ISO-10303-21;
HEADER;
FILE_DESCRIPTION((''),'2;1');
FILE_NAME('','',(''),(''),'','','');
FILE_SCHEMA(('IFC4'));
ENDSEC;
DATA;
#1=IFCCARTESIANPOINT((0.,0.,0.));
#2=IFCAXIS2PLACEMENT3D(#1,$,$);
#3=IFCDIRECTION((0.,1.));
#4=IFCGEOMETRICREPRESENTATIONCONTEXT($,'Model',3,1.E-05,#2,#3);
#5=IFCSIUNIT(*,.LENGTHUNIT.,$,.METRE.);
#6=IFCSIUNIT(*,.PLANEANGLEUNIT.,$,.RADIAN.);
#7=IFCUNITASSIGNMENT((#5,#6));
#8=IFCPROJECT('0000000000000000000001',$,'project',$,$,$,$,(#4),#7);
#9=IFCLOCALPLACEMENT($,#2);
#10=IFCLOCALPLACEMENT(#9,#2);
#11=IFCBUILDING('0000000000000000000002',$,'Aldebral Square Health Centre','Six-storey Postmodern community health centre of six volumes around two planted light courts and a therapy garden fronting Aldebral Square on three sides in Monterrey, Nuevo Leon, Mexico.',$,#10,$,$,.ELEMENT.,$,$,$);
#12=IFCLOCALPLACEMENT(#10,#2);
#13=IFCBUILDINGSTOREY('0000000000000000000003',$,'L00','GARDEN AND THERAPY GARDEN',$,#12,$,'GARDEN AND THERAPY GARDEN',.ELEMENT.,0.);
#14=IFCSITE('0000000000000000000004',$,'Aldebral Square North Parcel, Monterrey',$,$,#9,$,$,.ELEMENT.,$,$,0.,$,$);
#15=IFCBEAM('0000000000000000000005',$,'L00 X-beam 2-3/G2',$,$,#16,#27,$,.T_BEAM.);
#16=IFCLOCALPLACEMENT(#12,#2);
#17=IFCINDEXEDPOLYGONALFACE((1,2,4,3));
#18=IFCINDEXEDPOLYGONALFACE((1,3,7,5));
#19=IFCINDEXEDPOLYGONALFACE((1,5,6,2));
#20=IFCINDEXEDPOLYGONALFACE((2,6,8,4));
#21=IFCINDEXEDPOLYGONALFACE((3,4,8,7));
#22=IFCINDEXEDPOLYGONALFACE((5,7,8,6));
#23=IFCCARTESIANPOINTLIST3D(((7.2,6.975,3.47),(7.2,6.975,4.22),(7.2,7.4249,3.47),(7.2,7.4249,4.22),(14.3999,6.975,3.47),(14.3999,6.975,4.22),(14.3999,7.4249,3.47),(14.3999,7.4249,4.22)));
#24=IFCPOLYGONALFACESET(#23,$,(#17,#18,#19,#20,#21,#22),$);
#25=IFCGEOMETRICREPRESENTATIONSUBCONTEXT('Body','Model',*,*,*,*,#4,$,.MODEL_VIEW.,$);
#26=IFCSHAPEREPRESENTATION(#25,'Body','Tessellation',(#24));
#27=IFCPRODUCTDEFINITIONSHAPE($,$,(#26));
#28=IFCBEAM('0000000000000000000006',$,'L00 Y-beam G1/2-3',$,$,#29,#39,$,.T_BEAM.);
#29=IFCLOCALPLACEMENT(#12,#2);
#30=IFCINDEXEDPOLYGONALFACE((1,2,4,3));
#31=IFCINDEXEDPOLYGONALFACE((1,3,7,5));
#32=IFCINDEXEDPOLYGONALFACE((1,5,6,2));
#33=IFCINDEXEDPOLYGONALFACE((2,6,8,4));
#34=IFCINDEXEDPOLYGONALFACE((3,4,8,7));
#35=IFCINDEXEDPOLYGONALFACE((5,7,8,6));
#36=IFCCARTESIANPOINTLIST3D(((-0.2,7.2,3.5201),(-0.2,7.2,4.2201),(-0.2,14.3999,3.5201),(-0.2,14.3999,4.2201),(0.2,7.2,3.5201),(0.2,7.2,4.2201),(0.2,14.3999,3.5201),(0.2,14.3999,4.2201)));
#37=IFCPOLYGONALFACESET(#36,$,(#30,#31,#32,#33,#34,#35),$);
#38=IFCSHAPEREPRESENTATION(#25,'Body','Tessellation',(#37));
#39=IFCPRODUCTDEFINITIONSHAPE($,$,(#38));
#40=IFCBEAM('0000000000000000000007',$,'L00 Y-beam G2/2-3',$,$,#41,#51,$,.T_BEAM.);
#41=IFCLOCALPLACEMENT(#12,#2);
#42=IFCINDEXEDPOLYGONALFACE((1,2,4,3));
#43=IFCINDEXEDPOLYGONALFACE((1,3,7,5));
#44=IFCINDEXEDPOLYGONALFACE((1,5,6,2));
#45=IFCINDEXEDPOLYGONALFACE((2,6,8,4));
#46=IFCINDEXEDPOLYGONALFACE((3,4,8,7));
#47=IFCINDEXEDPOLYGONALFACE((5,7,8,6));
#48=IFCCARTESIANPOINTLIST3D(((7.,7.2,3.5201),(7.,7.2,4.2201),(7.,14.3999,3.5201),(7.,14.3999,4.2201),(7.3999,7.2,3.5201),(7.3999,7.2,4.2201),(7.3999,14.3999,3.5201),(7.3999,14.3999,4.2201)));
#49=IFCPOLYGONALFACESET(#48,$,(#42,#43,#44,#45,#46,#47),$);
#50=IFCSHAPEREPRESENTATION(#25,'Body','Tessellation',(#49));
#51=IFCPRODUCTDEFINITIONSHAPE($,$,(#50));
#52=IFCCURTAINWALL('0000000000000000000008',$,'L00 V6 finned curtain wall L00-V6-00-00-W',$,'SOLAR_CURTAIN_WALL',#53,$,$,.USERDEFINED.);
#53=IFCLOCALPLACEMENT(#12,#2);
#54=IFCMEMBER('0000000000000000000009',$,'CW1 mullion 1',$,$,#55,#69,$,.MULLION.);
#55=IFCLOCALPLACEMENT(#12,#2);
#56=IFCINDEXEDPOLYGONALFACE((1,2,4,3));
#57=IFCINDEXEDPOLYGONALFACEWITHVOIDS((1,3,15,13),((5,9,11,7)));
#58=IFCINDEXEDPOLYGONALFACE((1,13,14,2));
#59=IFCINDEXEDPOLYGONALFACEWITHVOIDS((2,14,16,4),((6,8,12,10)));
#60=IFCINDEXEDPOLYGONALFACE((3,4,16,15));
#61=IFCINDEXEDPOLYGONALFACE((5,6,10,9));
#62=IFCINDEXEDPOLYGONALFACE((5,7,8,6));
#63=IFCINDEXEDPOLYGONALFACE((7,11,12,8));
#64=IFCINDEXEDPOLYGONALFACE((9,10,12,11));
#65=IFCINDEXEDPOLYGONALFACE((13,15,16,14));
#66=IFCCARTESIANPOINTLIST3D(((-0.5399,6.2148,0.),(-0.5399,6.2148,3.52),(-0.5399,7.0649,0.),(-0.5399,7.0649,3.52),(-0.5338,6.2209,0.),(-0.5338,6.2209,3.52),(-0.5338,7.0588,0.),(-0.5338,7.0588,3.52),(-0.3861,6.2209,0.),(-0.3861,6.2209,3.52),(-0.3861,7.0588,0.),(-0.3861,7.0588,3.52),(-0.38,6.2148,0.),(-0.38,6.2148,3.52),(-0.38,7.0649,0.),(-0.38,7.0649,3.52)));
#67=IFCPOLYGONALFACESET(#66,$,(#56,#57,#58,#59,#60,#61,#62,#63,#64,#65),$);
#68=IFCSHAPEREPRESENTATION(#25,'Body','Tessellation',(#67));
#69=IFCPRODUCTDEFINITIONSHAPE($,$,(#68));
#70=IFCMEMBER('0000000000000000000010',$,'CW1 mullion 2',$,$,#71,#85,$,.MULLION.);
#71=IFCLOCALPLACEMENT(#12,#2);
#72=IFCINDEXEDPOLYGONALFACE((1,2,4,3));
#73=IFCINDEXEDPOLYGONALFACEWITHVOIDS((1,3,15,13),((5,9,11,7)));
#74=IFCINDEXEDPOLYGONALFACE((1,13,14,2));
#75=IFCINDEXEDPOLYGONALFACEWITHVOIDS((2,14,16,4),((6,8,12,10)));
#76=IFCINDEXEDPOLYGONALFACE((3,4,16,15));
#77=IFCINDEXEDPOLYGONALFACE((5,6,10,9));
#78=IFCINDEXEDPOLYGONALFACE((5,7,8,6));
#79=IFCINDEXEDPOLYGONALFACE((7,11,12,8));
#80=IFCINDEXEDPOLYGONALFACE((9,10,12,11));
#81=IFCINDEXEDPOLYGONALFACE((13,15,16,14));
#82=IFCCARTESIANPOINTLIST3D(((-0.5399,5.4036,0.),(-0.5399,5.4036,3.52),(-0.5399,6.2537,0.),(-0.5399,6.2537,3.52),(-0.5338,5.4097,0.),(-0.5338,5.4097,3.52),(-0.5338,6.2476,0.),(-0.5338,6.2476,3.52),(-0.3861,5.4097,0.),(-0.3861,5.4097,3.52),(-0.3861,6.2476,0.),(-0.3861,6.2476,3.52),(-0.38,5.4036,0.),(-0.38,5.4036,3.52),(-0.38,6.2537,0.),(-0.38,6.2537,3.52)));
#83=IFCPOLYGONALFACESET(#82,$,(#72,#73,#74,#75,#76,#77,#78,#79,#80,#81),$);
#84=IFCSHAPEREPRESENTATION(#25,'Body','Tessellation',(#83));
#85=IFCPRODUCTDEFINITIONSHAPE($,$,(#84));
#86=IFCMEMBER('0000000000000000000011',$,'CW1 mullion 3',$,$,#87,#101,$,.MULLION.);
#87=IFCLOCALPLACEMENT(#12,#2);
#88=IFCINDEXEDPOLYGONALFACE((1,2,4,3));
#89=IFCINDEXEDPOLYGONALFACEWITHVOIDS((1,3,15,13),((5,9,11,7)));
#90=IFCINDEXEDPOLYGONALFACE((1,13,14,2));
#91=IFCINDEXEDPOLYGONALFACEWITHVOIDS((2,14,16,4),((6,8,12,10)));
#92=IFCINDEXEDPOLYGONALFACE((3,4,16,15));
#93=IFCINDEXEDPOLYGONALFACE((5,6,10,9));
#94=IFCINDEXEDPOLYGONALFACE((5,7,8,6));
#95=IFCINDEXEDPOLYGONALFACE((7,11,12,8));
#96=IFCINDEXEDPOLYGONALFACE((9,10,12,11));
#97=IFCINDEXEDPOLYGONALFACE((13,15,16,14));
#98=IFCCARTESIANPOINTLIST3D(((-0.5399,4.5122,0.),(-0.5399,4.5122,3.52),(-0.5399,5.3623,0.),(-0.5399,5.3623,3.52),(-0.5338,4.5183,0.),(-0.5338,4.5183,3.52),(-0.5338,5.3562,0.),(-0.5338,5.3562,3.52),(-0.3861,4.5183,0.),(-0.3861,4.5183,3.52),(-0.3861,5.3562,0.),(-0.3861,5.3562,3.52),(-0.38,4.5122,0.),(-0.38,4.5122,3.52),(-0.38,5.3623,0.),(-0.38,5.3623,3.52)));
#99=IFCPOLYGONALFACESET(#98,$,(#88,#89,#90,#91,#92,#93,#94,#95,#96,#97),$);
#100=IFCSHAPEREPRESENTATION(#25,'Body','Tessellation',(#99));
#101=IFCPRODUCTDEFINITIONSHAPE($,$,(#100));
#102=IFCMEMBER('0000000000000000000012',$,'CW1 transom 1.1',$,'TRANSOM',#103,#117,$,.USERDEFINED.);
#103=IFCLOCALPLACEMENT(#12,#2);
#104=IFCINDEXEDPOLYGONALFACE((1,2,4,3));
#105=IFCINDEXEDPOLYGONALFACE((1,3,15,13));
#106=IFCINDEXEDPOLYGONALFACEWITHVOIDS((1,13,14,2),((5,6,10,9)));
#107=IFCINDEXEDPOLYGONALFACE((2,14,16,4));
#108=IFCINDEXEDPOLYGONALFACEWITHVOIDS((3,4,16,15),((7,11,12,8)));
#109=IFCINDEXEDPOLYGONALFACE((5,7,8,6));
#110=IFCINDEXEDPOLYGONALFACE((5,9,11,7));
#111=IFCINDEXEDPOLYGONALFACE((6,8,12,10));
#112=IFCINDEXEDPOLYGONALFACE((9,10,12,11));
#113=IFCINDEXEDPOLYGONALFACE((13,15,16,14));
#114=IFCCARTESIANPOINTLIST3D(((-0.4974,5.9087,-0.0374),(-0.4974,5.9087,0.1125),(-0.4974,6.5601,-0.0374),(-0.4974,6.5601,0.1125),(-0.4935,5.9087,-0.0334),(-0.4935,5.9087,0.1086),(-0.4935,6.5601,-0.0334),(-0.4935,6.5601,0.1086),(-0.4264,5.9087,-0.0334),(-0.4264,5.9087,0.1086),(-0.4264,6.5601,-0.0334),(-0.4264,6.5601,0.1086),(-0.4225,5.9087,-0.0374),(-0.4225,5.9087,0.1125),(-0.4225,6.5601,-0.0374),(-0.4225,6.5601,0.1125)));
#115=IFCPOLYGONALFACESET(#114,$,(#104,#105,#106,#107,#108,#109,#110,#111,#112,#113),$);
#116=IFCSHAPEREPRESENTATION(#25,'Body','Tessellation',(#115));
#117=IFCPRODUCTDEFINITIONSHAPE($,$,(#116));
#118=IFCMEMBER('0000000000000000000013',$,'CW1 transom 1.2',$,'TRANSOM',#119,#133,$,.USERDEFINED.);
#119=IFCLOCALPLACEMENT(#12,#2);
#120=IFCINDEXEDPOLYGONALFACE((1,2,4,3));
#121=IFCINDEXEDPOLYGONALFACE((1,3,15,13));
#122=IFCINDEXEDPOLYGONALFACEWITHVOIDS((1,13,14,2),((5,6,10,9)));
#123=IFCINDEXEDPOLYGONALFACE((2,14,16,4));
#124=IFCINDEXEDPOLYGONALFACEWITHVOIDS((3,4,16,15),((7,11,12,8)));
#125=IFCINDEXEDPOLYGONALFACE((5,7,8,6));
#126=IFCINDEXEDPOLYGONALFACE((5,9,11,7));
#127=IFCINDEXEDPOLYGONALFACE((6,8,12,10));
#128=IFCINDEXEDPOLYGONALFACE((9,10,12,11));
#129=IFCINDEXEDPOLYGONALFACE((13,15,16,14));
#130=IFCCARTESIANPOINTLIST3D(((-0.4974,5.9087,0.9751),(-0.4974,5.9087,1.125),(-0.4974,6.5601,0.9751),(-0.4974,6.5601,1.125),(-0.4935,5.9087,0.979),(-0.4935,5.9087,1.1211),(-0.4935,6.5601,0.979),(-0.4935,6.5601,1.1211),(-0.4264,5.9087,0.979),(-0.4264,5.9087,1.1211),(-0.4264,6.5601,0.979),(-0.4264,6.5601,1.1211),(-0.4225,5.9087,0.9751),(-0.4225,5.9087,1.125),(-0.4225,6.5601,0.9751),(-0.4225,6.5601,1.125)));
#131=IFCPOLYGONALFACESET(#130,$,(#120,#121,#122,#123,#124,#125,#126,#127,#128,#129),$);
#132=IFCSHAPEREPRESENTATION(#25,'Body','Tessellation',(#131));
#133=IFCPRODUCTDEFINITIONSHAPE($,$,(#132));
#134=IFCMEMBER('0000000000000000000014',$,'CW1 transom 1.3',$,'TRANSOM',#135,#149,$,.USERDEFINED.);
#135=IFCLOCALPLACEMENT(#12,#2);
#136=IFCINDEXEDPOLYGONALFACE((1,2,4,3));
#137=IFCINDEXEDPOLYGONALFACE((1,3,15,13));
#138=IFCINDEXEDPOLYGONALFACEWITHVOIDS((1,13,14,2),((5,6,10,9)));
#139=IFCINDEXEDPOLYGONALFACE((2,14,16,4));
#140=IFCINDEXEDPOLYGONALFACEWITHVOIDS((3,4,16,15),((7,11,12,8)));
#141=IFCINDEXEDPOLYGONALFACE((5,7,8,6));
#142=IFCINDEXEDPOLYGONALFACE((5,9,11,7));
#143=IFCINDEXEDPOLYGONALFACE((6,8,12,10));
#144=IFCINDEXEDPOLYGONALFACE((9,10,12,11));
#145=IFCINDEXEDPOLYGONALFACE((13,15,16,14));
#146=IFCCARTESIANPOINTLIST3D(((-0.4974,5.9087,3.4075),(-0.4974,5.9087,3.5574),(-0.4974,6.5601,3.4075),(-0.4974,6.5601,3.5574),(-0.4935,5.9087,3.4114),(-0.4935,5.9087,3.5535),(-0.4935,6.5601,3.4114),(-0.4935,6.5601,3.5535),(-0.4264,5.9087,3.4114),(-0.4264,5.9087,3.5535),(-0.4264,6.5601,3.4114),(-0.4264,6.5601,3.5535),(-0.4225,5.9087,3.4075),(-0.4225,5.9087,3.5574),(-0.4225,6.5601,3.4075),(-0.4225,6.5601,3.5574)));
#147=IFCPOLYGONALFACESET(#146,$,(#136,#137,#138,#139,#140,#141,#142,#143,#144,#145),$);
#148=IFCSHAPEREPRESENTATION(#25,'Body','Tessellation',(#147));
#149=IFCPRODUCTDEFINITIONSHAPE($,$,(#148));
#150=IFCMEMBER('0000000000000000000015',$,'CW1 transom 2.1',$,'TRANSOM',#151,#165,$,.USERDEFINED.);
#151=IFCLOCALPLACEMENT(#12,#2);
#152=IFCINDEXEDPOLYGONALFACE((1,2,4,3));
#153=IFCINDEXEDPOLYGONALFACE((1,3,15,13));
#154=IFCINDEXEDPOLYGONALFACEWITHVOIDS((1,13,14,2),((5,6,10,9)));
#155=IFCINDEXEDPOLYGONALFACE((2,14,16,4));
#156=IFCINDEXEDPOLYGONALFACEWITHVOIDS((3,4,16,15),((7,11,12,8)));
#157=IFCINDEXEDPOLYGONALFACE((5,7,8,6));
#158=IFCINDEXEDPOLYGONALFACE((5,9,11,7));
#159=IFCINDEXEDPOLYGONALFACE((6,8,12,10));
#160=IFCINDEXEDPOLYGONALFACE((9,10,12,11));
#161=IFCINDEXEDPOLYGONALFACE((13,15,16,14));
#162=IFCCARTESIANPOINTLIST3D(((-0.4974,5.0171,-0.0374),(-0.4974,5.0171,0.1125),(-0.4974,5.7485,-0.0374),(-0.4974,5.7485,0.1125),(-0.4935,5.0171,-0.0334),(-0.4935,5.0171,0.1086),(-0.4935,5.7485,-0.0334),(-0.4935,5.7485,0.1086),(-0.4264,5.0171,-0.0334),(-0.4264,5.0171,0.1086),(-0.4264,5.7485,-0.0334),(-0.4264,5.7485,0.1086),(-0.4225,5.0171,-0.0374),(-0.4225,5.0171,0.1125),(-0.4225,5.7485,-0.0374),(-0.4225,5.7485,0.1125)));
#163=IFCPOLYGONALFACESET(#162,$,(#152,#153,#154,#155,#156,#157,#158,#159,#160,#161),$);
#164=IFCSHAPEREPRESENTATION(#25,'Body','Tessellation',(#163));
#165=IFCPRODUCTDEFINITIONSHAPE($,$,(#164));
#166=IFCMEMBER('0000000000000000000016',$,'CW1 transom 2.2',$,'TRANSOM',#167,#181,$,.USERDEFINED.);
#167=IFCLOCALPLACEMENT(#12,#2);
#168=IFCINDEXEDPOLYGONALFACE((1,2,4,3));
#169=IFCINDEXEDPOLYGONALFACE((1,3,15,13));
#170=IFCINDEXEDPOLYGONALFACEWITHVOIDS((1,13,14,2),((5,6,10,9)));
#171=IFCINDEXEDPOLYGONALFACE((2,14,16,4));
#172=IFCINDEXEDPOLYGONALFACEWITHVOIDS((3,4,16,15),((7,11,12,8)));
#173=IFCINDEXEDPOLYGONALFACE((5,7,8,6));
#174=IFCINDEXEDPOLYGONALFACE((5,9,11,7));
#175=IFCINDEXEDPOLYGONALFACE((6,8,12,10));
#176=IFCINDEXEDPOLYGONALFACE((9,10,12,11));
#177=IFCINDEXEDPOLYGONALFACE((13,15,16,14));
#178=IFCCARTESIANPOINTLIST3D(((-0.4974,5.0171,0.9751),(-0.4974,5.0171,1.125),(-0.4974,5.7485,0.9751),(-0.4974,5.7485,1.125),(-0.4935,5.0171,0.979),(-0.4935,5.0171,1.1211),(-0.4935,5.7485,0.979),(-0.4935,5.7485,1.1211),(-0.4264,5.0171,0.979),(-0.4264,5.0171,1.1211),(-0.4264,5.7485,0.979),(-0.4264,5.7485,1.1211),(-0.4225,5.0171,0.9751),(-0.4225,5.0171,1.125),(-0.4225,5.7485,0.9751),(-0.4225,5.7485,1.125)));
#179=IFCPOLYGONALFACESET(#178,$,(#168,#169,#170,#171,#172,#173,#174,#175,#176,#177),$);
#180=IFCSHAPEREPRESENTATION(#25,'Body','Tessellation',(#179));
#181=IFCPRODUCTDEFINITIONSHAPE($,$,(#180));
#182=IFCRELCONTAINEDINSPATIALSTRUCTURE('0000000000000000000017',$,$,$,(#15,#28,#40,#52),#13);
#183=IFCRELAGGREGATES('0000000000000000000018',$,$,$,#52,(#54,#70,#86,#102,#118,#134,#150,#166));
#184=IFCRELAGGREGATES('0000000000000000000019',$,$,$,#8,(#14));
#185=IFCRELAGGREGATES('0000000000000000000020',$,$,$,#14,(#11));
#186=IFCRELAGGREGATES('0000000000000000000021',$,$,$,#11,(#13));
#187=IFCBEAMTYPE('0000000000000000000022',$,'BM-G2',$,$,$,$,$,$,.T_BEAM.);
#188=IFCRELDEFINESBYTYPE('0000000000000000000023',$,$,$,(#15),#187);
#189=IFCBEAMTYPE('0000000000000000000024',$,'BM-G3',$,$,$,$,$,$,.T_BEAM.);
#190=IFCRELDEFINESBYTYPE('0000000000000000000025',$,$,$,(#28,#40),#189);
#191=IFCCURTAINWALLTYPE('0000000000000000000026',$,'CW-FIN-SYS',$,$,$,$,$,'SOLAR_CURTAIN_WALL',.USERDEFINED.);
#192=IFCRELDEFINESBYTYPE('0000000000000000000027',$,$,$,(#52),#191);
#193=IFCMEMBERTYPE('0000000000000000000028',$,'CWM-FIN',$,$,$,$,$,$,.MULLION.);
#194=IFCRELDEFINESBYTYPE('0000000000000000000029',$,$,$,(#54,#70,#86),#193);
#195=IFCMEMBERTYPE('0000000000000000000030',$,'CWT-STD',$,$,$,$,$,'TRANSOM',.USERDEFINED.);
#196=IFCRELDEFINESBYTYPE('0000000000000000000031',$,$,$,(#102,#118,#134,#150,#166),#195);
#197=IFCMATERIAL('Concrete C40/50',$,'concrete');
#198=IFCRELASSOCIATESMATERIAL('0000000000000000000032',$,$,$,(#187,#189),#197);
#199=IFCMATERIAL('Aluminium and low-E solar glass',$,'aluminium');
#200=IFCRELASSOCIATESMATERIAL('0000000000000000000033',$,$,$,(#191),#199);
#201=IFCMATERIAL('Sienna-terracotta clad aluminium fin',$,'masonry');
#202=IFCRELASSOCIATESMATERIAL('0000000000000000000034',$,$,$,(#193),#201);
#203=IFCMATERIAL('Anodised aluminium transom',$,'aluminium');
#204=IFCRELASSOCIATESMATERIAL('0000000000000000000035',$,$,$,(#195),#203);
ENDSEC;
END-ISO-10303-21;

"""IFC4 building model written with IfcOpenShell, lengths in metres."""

from ifc_helpers import new_model, si_unit, direction, frame, origin, origin_2d, place, context, subcontext, project, spatial, rectangle, hollow_rectangle, extrude, material, material_profile, profile_set, type_object, element, aggregate, save


model = new_model("IFC4")

# Units and contexts
model_context = context("Model", 3, precision=1e-05, world=origin(), true_north=direction((0.0, 1.0)))
body_context = subcontext(model_context, "Body", "Model", "MODEL_VIEW")
ifc_project = project(units=[si_unit("LENGTHUNIT", "METRE"), si_unit("PLANEANGLEUNIT", "RADIAN")], contexts=[model_context])

# Site, building, storey
site_placement = place(None, origin())
site = spatial("IfcSite", under=ifc_project, at=site_placement, Name="Aldebral Square North Parcel, Monterrey", CompositionType="ELEMENT", RefElevation=0.0)
building_placement = place(site_placement, origin())
building = spatial("IfcBuilding", under=site, at=building_placement, Name="Aldebral Square Health Centre", Description="Six-storey Postmodern community health centre of six volumes around two planted light courts and a therapy garden fronting Aldebral Square on three sides in Monterrey, Nuevo Leon, Mexico.", CompositionType="ELEMENT")
storey_placement = place(building_placement, origin())
storey = spatial("IfcBuildingStorey", under=building, at=storey_placement, Name="L00", Description="GARDEN AND THERAPY GARDEN", LongName="GARDEN AND THERAPY GARDEN", CompositionType="ELEMENT", Elevation=0.0)

# Shared definitions
ifc_material_1 = material(Name="Concrete C40/50", Category="concrete")

# Beams
ifc_material_profile_1 = material_profile(ifc_material_1, rectangle(XDim=0.45, YDim=0.75, at=origin_2d()), Name="RC 450x750")
ifc_profile_set_1 = profile_set([ifc_material_profile_1], Name="Concrete C40/50")
beam_type_1 = type_object("IfcBeamType", Name="BM-G2", PredefinedType="T_BEAM", material=ifc_profile_set_1)
beam_1_placement = place(storey_placement, frame((7.2, 7.2, 3.845), z_axis=(1.0, 0.0, 0.0), x_axis=(0.0, 1.0, 0.0)))
element("IfcBeam", 1, at=beam_1_placement, inside=storey, type_object=beam_type_1, Name="L00 X-beam 2-3/G2", PredefinedType="T_BEAM", context=body_context, shape_type="SweptSolid", body=[
    extrude(rectangle(XDim=0.45, YDim=0.75, at=origin_2d()), origin(), (0.0, 0.0, 1.0), 7.2),
])
ifc_material_profile_2 = material_profile(ifc_material_1, rectangle(XDim=0.3999, YDim=0.7, at=origin_2d()), Name="RC 400x700")
ifc_profile_set_2 = profile_set([ifc_material_profile_2], Name="Concrete C40/50")
beam_type_2 = type_object("IfcBeamType", Name="BM-G3", PredefinedType="T_BEAM", material=ifc_profile_set_2)
for number, where, z_axis, x_axis, name in (
    (2, (0.0, 7.2, 3.8701), (0.0, 1.0, 0.0), (-1.0, 0.0, 0.0), "L00 Y-beam G1/2-3"),
    (3, (7.2, 7.2, 3.8701), (0.0, 1.0, 0.0), (-1.0, 0.0, 0.0), "L00 Y-beam G2/2-3"),
):
    element("IfcBeam", number, at=place(storey_placement, frame(where, z_axis=z_axis, x_axis=x_axis)), inside=storey, type_object=beam_type_2, Name=name, PredefinedType="T_BEAM", context=body_context, shape_type="SweptSolid", body=[
        extrude(rectangle(XDim=0.3999, YDim=0.7, at=origin_2d()), origin(), (0.0, 0.0, 1.0), 7.2),
    ])

# Curtain wall, members
ifc_material_2 = material(Name="Aluminium and low-E solar glass", Category="aluminium")
curtain_wall_type = type_object("IfcCurtainWallType", Name="CW-FIN-SYS", ElementType="SOLAR_CURTAIN_WALL", PredefinedType="USERDEFINED", material=ifc_material_2)
curtain_wall_placement = place(storey_placement, origin())
curtain_wall = element("IfcCurtainWall", 4, at=curtain_wall_placement, inside=storey, type_object=curtain_wall_type, Name="L00 V6 finned curtain wall L00-V6-00-00-W", ObjectType="SOLAR_CURTAIN_WALL", PredefinedType="USERDEFINED")
ifc_material_3 = material(Name="Sienna-terracotta clad aluminium fin", Category="masonry")
ifc_material_profile_3 = material_profile(ifc_material_3, hollow_rectangle(XDim=0.1599, YDim=0.8501, WallThickness=0.0061, at=origin_2d()), Name="FIN 160x850x6")
ifc_profile_set_3 = profile_set([ifc_material_profile_3], Name="Sienna-terracotta clad aluminium fin")
member_type_1 = type_object("IfcMemberType", Name="CWM-FIN", PredefinedType="MULLION", material=ifc_profile_set_3)
member_1_placement = place(storey_placement, frame((-0.46, 6.6399, 0.0), z_axis=(0.0, 0.0, 1.0), x_axis=(1.0, 0.0, 0.0)))
member_1 = element("IfcMember", 5, at=member_1_placement, type_object=member_type_1, Name="CW1 mullion 1", PredefinedType="MULLION", context=body_context, shape_type="SweptSolid", body=[
    extrude(hollow_rectangle(XDim=0.1599, YDim=0.8501, WallThickness=0.0061, at=origin_2d()), origin(), (0.0, 0.0, 1.0), 3.52),
])
member_2_placement = place(storey_placement, frame((-0.46, 5.8286, 0.0), z_axis=(0.0, 0.0, 1.0), x_axis=(1.0, 0.0, 0.0)))
member_2 = element("IfcMember", 6, at=member_2_placement, type_object=member_type_1, Name="CW1 mullion 2", PredefinedType="MULLION", context=body_context, shape_type="SweptSolid", body=[
    extrude(hollow_rectangle(XDim=0.1599, YDim=0.8501, WallThickness=0.0061, at=origin_2d()), origin(), (0.0, 0.0, 1.0), 3.52),
])
member_3_placement = place(storey_placement, frame((-0.46, 4.9373, 0.0), z_axis=(0.0, 0.0, 1.0), x_axis=(1.0, 0.0, 0.0)))
member_3 = element("IfcMember", 7, at=member_3_placement, type_object=member_type_1, Name="CW1 mullion 3", PredefinedType="MULLION", context=body_context, shape_type="SweptSolid", body=[
    extrude(hollow_rectangle(XDim=0.1599, YDim=0.8501, WallThickness=0.0061, at=origin_2d()), origin(), (0.0, 0.0, 1.0), 3.52),
])
ifc_material_4 = material(Name="Anodised aluminium transom", Category="aluminium")
ifc_material_profile_4 = material_profile(ifc_material_4, hollow_rectangle(XDim=0.075, YDim=0.1499, WallThickness=0.0039, at=origin_2d()), Name="CWT 75x150x4")
ifc_profile_set_4 = profile_set([ifc_material_profile_4], Name="Anodised aluminium transom")
member_type_2 = type_object("IfcMemberType", Name="CWT-STD", ElementType="TRANSOM", PredefinedType="USERDEFINED", material=ifc_profile_set_4)
member_4_placement = place(storey_placement, frame((-0.46, 6.5601, 0.0376), z_axis=(0.0, -1.0, 0.0), x_axis=(1.0, 0.0, 0.0)))
member_4 = element("IfcMember", 8, at=member_4_placement, type_object=member_type_2, Name="CW1 transom 1.1", ObjectType="TRANSOM", PredefinedType="USERDEFINED", context=body_context, shape_type="SweptSolid", body=[
    extrude(hollow_rectangle(XDim=0.075, YDim=0.1499, WallThickness=0.0039, at=origin_2d()), origin(), (0.0, 0.0, 1.0), 0.6514),
])
member_5_placement = place(storey_placement, frame((-0.46, 6.5601, 1.05), z_axis=(0.0, -1.0, 0.0), x_axis=(1.0, 0.0, 0.0)))
member_5 = element("IfcMember", 9, at=member_5_placement, type_object=member_type_2, Name="CW1 transom 1.2", ObjectType="TRANSOM", PredefinedType="USERDEFINED", context=body_context, shape_type="SweptSolid", body=[
    extrude(hollow_rectangle(XDim=0.075, YDim=0.1499, WallThickness=0.0039, at=origin_2d()), origin(), (0.0, 0.0, 1.0), 0.6514),
])
member_6_placement = place(storey_placement, frame((-0.46, 6.5601, 3.4824), z_axis=(0.0, -1.0, 0.0), x_axis=(1.0, 0.0, 0.0)))
member_6 = element("IfcMember", 10, at=member_6_placement, type_object=member_type_2, Name="CW1 transom 1.3", ObjectType="TRANSOM", PredefinedType="USERDEFINED", context=body_context, shape_type="SweptSolid", body=[
    extrude(hollow_rectangle(XDim=0.075, YDim=0.1499, WallThickness=0.0039, at=origin_2d()), origin(), (0.0, 0.0, 1.0), 0.6514),
])
member_7_placement = place(storey_placement, frame((-0.46, 5.7485, 0.0376), z_axis=(0.0, -1.0, 0.0), x_axis=(1.0, 0.0, 0.0)))
member_7 = element("IfcMember", 11, at=member_7_placement, type_object=member_type_2, Name="CW1 transom 2.1", ObjectType="TRANSOM", PredefinedType="USERDEFINED", context=body_context, shape_type="SweptSolid", body=[
    extrude(hollow_rectangle(XDim=0.075, YDim=0.1499, WallThickness=0.0039, at=origin_2d()), origin(), (0.0, 0.0, 1.0), 0.7314),
])
member_8_placement = place(storey_placement, frame((-0.46, 5.7485, 1.05), z_axis=(0.0, -1.0, 0.0), x_axis=(1.0, 0.0, 0.0)))
member_8 = element("IfcMember", 12, at=member_8_placement, type_object=member_type_2, Name="CW1 transom 2.2", ObjectType="TRANSOM", PredefinedType="USERDEFINED", context=body_context, shape_type="SweptSolid", body=[
    extrude(hollow_rectangle(XDim=0.075, YDim=0.1499, WallThickness=0.0039, at=origin_2d()), origin(), (0.0, 0.0, 1.0), 0.7314),
])
aggregate(curtain_wall, [member_1, member_2, member_3, member_4, member_5, member_6, member_7, member_8])

save(model, "model.ifc")
